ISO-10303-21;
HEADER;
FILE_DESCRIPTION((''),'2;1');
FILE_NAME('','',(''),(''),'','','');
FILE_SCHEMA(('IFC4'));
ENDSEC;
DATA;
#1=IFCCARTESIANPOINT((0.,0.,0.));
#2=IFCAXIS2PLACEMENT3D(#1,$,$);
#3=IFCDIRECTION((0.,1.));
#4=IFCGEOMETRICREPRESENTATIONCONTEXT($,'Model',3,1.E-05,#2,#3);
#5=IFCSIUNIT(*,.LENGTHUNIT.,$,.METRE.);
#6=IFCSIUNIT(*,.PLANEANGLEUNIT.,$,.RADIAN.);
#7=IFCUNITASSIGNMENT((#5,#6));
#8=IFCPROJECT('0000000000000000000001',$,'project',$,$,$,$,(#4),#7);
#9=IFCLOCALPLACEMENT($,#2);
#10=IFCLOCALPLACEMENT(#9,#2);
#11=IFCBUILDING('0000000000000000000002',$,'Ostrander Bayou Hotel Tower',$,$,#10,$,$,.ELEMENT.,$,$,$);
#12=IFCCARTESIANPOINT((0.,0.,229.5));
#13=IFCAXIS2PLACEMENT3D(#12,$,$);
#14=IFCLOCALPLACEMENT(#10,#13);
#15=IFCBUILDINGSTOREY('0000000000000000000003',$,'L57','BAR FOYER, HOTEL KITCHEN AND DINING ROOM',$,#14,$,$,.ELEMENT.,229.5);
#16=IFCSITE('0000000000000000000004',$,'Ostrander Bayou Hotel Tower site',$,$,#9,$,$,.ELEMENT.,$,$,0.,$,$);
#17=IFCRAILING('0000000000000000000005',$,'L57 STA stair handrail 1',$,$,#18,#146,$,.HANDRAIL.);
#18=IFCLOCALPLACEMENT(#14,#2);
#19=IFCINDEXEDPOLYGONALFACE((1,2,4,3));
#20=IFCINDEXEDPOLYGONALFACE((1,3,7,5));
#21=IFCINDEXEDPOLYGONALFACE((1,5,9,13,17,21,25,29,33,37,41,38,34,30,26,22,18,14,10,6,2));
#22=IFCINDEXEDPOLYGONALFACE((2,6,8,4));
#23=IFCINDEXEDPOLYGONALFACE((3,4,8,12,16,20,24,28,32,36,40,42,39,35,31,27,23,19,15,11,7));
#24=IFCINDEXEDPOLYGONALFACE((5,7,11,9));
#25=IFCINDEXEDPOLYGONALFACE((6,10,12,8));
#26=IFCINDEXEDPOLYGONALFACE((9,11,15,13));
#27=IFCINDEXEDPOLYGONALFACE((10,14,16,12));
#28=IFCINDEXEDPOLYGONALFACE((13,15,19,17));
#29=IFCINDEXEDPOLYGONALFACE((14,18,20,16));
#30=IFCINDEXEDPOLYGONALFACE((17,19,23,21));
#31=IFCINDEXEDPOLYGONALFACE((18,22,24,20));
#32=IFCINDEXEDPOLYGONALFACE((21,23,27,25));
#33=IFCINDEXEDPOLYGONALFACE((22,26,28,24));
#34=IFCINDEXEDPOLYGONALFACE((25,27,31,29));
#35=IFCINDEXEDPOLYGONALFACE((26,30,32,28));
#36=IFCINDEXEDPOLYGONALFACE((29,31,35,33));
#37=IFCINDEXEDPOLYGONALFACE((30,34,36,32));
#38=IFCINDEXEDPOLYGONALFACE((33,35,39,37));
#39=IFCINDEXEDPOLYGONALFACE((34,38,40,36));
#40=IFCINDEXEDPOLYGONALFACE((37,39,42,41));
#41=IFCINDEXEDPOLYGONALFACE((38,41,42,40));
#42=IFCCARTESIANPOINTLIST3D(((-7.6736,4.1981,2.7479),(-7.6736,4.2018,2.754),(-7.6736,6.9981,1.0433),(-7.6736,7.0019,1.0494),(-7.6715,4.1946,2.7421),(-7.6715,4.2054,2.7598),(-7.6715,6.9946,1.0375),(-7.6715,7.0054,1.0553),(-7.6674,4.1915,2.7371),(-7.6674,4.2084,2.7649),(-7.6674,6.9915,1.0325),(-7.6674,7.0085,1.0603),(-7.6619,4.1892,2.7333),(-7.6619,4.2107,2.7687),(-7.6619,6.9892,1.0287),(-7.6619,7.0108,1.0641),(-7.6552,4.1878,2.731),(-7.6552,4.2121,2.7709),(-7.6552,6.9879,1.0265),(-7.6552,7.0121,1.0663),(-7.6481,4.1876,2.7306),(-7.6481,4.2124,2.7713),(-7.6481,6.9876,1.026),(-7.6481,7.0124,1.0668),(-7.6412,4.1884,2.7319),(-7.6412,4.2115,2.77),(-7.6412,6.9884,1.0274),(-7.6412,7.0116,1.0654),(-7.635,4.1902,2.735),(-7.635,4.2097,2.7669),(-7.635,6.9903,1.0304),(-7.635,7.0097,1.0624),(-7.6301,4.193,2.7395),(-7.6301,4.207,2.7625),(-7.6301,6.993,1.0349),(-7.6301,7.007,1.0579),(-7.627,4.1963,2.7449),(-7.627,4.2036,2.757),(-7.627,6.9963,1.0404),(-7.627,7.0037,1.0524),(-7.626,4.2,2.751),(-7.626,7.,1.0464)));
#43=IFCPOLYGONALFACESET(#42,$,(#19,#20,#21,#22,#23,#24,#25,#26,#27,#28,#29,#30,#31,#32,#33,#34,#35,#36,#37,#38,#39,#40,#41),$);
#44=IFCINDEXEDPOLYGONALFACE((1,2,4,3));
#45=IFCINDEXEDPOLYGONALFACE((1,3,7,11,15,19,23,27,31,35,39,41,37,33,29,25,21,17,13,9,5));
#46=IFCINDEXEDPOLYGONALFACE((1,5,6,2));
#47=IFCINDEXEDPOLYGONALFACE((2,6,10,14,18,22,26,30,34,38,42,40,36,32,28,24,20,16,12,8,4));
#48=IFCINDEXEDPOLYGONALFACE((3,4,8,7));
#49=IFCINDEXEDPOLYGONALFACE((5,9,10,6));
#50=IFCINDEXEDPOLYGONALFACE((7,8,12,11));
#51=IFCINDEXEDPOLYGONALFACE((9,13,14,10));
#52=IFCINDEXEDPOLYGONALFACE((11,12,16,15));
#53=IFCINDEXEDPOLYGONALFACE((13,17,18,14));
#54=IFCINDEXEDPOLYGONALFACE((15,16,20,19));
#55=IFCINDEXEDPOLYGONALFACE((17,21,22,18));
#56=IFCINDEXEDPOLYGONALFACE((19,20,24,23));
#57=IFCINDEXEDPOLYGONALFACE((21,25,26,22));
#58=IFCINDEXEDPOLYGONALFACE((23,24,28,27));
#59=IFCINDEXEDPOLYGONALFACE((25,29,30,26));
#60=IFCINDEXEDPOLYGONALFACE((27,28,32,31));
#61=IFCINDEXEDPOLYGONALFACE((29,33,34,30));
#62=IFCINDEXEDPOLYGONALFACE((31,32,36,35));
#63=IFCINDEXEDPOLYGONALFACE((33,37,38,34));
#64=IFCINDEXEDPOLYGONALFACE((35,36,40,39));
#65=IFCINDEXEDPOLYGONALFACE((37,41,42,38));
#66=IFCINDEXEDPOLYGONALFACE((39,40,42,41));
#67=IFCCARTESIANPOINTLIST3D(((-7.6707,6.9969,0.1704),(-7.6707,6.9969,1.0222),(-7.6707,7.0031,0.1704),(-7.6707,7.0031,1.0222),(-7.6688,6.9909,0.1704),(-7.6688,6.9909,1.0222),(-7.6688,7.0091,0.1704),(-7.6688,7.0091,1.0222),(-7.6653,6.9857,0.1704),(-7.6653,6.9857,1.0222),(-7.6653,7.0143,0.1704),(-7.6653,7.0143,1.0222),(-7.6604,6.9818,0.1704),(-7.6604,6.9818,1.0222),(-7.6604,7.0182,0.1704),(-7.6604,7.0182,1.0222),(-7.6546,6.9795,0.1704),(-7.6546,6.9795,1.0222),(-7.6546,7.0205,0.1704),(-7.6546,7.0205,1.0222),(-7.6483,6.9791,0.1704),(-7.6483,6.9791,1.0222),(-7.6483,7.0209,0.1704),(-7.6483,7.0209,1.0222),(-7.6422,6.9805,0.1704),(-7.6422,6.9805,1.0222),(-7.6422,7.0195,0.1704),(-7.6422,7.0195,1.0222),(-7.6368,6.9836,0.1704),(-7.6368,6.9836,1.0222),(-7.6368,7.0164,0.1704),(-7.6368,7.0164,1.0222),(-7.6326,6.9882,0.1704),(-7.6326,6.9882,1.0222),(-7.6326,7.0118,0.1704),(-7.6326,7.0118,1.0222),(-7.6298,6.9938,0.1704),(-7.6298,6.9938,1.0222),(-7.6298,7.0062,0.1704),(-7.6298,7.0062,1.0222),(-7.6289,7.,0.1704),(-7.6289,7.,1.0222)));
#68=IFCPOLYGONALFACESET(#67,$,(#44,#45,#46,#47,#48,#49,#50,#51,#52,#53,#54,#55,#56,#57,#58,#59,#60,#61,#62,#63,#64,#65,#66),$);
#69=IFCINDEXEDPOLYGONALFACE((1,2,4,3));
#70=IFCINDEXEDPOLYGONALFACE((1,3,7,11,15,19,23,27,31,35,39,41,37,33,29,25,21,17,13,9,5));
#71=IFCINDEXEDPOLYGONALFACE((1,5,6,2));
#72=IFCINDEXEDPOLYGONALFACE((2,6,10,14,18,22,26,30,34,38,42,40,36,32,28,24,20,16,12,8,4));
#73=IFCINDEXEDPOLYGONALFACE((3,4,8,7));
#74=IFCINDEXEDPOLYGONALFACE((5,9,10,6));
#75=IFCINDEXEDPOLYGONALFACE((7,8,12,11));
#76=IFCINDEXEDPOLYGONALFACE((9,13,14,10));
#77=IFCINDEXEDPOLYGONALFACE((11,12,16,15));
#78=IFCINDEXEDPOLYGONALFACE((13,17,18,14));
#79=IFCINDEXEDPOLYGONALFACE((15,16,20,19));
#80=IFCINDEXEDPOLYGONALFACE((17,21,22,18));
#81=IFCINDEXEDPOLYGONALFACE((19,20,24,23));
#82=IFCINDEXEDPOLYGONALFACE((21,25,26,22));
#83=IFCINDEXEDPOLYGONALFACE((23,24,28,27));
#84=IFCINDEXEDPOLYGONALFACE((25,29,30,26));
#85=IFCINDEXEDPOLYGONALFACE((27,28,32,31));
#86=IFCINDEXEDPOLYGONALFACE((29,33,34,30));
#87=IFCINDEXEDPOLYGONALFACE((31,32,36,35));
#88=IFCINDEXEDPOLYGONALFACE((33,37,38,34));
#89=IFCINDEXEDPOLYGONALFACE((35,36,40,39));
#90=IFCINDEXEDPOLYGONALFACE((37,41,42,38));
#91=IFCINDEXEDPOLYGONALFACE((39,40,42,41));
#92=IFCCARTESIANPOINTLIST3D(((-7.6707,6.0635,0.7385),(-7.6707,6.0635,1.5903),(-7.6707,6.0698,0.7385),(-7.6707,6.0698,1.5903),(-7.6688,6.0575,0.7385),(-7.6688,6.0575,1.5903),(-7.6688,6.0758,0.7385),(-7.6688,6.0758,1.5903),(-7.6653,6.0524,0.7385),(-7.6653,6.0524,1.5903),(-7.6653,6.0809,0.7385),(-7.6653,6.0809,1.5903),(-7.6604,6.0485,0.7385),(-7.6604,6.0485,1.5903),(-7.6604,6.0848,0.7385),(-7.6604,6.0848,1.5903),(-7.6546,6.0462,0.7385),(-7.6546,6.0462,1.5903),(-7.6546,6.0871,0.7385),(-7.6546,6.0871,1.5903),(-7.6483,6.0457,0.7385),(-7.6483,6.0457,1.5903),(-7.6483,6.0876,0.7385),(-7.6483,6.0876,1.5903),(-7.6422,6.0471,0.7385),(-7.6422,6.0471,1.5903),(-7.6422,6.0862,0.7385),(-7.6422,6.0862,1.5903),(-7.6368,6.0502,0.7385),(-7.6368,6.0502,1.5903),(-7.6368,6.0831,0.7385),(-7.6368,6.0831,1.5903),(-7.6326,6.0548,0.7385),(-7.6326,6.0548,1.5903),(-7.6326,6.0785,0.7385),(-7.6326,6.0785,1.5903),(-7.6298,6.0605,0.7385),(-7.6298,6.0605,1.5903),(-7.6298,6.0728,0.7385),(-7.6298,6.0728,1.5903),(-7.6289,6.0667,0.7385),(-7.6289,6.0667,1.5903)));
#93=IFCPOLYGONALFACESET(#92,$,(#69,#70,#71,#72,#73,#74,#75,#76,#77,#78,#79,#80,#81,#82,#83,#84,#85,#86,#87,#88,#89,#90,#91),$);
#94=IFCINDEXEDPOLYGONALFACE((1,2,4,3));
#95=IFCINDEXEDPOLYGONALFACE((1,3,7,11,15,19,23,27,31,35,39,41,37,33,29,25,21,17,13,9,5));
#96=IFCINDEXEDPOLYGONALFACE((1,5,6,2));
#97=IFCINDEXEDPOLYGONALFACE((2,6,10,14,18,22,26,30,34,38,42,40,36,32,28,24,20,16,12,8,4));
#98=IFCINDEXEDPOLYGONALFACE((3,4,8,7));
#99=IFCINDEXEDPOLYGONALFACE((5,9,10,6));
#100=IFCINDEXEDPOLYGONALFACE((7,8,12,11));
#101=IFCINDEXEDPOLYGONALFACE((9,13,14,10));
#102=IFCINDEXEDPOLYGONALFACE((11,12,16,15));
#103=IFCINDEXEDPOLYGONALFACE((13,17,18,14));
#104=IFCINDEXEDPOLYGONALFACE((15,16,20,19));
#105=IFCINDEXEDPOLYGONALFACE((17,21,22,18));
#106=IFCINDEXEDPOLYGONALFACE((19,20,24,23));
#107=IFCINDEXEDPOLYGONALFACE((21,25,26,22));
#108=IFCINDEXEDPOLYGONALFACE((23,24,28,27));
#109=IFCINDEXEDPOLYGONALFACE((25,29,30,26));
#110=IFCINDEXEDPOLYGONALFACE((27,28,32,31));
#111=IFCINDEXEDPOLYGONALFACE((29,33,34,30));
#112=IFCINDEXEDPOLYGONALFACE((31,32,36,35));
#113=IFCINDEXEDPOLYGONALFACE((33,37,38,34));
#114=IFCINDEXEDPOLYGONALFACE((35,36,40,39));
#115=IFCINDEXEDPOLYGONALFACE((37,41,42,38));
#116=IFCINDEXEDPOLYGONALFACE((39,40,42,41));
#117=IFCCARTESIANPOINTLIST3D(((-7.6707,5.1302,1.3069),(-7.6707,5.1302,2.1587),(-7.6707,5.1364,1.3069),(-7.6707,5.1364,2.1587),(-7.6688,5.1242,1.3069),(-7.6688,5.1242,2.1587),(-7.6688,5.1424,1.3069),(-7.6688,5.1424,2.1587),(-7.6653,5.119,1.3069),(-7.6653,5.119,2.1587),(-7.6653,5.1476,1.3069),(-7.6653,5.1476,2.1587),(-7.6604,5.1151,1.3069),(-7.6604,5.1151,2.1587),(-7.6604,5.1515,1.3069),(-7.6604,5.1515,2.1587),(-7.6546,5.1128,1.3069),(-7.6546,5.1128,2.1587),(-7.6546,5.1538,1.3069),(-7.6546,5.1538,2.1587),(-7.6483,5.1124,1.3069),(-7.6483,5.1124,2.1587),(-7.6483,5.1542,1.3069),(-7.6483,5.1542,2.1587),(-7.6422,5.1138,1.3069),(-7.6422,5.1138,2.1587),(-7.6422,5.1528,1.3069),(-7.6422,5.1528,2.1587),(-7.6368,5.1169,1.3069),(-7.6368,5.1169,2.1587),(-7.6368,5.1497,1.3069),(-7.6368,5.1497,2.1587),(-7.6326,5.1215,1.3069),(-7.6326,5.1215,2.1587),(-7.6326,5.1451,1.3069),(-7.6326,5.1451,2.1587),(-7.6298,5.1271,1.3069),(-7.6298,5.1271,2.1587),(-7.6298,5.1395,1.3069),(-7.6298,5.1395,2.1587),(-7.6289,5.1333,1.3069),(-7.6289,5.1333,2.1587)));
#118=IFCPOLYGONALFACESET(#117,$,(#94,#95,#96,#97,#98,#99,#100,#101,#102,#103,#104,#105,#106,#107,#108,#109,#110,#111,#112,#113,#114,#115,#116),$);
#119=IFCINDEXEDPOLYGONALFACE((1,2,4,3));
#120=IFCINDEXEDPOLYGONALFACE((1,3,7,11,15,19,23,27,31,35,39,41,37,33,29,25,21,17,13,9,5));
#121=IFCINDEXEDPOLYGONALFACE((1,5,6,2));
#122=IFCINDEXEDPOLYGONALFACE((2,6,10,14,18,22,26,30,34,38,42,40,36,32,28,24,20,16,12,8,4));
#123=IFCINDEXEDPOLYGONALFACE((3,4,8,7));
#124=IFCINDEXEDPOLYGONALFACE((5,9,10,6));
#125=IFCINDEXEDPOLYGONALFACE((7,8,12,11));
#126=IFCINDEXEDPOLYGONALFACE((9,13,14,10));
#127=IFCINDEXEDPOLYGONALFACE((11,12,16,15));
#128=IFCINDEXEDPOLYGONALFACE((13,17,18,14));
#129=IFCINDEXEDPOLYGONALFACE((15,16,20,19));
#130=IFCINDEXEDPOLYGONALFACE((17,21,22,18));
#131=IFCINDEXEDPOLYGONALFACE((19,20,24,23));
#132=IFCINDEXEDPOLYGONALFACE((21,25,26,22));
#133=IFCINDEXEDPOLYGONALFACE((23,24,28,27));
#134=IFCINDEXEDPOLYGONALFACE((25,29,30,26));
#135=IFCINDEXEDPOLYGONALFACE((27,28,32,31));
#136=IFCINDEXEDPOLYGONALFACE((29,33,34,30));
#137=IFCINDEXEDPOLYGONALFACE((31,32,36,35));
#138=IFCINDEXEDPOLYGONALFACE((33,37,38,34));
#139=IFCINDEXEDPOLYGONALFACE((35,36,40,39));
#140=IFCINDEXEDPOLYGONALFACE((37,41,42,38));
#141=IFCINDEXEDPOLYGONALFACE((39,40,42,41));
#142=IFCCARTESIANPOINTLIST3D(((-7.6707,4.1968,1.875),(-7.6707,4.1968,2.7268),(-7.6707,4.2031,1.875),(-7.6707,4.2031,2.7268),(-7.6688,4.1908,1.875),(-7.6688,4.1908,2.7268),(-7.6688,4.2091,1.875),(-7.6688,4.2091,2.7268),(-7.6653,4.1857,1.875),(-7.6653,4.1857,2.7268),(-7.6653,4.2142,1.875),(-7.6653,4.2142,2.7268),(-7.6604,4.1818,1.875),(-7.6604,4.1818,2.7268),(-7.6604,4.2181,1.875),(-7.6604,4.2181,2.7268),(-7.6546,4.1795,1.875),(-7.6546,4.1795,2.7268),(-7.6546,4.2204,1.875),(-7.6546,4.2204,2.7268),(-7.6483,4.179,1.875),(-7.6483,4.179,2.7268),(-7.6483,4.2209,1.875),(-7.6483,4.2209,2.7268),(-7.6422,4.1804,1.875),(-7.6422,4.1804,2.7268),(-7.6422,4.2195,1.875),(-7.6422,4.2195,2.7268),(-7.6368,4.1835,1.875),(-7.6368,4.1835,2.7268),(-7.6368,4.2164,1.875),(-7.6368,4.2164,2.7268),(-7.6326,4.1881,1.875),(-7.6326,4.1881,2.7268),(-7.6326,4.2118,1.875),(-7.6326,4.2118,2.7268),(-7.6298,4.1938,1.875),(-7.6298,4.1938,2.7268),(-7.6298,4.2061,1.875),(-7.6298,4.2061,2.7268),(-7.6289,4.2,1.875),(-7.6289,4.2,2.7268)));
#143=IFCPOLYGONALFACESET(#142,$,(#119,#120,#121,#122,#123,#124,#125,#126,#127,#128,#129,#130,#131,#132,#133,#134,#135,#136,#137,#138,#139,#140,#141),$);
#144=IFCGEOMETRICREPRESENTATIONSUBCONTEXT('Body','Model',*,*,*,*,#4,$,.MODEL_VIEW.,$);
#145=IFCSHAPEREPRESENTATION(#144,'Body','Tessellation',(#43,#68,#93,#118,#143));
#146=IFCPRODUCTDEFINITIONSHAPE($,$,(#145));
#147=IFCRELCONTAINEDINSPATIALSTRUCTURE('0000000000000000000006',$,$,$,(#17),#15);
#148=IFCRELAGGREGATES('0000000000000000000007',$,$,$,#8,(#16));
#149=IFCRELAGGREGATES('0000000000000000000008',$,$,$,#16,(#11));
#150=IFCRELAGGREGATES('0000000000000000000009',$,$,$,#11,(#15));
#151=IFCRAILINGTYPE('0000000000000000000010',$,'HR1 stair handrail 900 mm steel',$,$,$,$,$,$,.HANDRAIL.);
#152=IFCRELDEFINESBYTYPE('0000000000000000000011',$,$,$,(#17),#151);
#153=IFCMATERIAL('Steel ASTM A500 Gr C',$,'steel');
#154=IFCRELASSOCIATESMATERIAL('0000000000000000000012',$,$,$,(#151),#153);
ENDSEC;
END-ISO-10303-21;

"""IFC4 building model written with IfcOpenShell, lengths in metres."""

from ifc_helpers import new_model, si_unit, direction, frame, origin, origin_2d, place, context, subcontext, project, spatial, circle, extrude, material, type_object, element, save


model = new_model("IFC4")

# Units and contexts
model_context = context("Model", 3, precision=1e-05, world=origin(), true_north=direction((0.0, 1.0)))
body_context = subcontext(model_context, "Body", "Model", "MODEL_VIEW")
ifc_project = project(units=[si_unit("LENGTHUNIT", "METRE"), si_unit("PLANEANGLEUNIT", "RADIAN")], contexts=[model_context])

# Site, building, storey
site_placement = place(None, origin())
site = spatial("IfcSite", under=ifc_project, at=site_placement, Name="Ostrander Bayou Hotel Tower site", CompositionType="ELEMENT", RefElevation=0.0)
building_placement = place(site_placement, origin())
building = spatial("IfcBuilding", under=site, at=building_placement, Name="Ostrander Bayou Hotel Tower", CompositionType="ELEMENT")
storey_placement = place(building_placement, frame((0.0, 0.0, 229.5)))
storey = spatial("IfcBuildingStorey", under=building, at=storey_placement, Name="L57", Description="BAR FOYER, HOTEL KITCHEN AND DINING ROOM", CompositionType="ELEMENT", Elevation=229.5)

# Railing
ifc_material_1 = material(Name="Steel ASTM A500 Gr C", Category="steel")
railing_type_1 = type_object("IfcRailingType", Name="HR1 stair handrail 900 mm steel", PredefinedType="HANDRAIL", material=ifc_material_1)
railing_1_placement = place(storey_placement, frame((-7.6499, 7.0, 0.1704)))
element("IfcRailing", 1, at=railing_1_placement, inside=storey, type_object=railing_type_1, Name="L57 STA stair handrail 1", PredefinedType="HANDRAIL", context=body_context, shape_type="SweptSolid", body=[
    extrude(circle(Radius=0.0239, at=origin_2d()), frame((0.0, 0.0, 0.876), z_axis=(0.0, -0.85417, 0.519994), x_axis=(1.0, 0.0, 0.0)), (0.0, 0.0, 1.0), 3.2781),
    extrude(circle(Radius=0.021, at=origin_2d()), origin(), (0.0, 0.0, 1.0), 0.8518),
    extrude(circle(Radius=0.021, at=origin_2d()), frame((0.0, -0.9333, 0.5681)), (0.0, 0.0, 1.0), 0.8518),
    extrude(circle(Radius=0.021, at=origin_2d()), frame((0.0, -1.8667, 1.1365)), (0.0, 0.0, 1.0), 0.8518),
    extrude(circle(Radius=0.021, at=origin_2d()), frame((0.0, -2.8, 1.7046)), (0.0, 0.0, 1.0), 0.8518),
])

save(model, "model.ifc")
